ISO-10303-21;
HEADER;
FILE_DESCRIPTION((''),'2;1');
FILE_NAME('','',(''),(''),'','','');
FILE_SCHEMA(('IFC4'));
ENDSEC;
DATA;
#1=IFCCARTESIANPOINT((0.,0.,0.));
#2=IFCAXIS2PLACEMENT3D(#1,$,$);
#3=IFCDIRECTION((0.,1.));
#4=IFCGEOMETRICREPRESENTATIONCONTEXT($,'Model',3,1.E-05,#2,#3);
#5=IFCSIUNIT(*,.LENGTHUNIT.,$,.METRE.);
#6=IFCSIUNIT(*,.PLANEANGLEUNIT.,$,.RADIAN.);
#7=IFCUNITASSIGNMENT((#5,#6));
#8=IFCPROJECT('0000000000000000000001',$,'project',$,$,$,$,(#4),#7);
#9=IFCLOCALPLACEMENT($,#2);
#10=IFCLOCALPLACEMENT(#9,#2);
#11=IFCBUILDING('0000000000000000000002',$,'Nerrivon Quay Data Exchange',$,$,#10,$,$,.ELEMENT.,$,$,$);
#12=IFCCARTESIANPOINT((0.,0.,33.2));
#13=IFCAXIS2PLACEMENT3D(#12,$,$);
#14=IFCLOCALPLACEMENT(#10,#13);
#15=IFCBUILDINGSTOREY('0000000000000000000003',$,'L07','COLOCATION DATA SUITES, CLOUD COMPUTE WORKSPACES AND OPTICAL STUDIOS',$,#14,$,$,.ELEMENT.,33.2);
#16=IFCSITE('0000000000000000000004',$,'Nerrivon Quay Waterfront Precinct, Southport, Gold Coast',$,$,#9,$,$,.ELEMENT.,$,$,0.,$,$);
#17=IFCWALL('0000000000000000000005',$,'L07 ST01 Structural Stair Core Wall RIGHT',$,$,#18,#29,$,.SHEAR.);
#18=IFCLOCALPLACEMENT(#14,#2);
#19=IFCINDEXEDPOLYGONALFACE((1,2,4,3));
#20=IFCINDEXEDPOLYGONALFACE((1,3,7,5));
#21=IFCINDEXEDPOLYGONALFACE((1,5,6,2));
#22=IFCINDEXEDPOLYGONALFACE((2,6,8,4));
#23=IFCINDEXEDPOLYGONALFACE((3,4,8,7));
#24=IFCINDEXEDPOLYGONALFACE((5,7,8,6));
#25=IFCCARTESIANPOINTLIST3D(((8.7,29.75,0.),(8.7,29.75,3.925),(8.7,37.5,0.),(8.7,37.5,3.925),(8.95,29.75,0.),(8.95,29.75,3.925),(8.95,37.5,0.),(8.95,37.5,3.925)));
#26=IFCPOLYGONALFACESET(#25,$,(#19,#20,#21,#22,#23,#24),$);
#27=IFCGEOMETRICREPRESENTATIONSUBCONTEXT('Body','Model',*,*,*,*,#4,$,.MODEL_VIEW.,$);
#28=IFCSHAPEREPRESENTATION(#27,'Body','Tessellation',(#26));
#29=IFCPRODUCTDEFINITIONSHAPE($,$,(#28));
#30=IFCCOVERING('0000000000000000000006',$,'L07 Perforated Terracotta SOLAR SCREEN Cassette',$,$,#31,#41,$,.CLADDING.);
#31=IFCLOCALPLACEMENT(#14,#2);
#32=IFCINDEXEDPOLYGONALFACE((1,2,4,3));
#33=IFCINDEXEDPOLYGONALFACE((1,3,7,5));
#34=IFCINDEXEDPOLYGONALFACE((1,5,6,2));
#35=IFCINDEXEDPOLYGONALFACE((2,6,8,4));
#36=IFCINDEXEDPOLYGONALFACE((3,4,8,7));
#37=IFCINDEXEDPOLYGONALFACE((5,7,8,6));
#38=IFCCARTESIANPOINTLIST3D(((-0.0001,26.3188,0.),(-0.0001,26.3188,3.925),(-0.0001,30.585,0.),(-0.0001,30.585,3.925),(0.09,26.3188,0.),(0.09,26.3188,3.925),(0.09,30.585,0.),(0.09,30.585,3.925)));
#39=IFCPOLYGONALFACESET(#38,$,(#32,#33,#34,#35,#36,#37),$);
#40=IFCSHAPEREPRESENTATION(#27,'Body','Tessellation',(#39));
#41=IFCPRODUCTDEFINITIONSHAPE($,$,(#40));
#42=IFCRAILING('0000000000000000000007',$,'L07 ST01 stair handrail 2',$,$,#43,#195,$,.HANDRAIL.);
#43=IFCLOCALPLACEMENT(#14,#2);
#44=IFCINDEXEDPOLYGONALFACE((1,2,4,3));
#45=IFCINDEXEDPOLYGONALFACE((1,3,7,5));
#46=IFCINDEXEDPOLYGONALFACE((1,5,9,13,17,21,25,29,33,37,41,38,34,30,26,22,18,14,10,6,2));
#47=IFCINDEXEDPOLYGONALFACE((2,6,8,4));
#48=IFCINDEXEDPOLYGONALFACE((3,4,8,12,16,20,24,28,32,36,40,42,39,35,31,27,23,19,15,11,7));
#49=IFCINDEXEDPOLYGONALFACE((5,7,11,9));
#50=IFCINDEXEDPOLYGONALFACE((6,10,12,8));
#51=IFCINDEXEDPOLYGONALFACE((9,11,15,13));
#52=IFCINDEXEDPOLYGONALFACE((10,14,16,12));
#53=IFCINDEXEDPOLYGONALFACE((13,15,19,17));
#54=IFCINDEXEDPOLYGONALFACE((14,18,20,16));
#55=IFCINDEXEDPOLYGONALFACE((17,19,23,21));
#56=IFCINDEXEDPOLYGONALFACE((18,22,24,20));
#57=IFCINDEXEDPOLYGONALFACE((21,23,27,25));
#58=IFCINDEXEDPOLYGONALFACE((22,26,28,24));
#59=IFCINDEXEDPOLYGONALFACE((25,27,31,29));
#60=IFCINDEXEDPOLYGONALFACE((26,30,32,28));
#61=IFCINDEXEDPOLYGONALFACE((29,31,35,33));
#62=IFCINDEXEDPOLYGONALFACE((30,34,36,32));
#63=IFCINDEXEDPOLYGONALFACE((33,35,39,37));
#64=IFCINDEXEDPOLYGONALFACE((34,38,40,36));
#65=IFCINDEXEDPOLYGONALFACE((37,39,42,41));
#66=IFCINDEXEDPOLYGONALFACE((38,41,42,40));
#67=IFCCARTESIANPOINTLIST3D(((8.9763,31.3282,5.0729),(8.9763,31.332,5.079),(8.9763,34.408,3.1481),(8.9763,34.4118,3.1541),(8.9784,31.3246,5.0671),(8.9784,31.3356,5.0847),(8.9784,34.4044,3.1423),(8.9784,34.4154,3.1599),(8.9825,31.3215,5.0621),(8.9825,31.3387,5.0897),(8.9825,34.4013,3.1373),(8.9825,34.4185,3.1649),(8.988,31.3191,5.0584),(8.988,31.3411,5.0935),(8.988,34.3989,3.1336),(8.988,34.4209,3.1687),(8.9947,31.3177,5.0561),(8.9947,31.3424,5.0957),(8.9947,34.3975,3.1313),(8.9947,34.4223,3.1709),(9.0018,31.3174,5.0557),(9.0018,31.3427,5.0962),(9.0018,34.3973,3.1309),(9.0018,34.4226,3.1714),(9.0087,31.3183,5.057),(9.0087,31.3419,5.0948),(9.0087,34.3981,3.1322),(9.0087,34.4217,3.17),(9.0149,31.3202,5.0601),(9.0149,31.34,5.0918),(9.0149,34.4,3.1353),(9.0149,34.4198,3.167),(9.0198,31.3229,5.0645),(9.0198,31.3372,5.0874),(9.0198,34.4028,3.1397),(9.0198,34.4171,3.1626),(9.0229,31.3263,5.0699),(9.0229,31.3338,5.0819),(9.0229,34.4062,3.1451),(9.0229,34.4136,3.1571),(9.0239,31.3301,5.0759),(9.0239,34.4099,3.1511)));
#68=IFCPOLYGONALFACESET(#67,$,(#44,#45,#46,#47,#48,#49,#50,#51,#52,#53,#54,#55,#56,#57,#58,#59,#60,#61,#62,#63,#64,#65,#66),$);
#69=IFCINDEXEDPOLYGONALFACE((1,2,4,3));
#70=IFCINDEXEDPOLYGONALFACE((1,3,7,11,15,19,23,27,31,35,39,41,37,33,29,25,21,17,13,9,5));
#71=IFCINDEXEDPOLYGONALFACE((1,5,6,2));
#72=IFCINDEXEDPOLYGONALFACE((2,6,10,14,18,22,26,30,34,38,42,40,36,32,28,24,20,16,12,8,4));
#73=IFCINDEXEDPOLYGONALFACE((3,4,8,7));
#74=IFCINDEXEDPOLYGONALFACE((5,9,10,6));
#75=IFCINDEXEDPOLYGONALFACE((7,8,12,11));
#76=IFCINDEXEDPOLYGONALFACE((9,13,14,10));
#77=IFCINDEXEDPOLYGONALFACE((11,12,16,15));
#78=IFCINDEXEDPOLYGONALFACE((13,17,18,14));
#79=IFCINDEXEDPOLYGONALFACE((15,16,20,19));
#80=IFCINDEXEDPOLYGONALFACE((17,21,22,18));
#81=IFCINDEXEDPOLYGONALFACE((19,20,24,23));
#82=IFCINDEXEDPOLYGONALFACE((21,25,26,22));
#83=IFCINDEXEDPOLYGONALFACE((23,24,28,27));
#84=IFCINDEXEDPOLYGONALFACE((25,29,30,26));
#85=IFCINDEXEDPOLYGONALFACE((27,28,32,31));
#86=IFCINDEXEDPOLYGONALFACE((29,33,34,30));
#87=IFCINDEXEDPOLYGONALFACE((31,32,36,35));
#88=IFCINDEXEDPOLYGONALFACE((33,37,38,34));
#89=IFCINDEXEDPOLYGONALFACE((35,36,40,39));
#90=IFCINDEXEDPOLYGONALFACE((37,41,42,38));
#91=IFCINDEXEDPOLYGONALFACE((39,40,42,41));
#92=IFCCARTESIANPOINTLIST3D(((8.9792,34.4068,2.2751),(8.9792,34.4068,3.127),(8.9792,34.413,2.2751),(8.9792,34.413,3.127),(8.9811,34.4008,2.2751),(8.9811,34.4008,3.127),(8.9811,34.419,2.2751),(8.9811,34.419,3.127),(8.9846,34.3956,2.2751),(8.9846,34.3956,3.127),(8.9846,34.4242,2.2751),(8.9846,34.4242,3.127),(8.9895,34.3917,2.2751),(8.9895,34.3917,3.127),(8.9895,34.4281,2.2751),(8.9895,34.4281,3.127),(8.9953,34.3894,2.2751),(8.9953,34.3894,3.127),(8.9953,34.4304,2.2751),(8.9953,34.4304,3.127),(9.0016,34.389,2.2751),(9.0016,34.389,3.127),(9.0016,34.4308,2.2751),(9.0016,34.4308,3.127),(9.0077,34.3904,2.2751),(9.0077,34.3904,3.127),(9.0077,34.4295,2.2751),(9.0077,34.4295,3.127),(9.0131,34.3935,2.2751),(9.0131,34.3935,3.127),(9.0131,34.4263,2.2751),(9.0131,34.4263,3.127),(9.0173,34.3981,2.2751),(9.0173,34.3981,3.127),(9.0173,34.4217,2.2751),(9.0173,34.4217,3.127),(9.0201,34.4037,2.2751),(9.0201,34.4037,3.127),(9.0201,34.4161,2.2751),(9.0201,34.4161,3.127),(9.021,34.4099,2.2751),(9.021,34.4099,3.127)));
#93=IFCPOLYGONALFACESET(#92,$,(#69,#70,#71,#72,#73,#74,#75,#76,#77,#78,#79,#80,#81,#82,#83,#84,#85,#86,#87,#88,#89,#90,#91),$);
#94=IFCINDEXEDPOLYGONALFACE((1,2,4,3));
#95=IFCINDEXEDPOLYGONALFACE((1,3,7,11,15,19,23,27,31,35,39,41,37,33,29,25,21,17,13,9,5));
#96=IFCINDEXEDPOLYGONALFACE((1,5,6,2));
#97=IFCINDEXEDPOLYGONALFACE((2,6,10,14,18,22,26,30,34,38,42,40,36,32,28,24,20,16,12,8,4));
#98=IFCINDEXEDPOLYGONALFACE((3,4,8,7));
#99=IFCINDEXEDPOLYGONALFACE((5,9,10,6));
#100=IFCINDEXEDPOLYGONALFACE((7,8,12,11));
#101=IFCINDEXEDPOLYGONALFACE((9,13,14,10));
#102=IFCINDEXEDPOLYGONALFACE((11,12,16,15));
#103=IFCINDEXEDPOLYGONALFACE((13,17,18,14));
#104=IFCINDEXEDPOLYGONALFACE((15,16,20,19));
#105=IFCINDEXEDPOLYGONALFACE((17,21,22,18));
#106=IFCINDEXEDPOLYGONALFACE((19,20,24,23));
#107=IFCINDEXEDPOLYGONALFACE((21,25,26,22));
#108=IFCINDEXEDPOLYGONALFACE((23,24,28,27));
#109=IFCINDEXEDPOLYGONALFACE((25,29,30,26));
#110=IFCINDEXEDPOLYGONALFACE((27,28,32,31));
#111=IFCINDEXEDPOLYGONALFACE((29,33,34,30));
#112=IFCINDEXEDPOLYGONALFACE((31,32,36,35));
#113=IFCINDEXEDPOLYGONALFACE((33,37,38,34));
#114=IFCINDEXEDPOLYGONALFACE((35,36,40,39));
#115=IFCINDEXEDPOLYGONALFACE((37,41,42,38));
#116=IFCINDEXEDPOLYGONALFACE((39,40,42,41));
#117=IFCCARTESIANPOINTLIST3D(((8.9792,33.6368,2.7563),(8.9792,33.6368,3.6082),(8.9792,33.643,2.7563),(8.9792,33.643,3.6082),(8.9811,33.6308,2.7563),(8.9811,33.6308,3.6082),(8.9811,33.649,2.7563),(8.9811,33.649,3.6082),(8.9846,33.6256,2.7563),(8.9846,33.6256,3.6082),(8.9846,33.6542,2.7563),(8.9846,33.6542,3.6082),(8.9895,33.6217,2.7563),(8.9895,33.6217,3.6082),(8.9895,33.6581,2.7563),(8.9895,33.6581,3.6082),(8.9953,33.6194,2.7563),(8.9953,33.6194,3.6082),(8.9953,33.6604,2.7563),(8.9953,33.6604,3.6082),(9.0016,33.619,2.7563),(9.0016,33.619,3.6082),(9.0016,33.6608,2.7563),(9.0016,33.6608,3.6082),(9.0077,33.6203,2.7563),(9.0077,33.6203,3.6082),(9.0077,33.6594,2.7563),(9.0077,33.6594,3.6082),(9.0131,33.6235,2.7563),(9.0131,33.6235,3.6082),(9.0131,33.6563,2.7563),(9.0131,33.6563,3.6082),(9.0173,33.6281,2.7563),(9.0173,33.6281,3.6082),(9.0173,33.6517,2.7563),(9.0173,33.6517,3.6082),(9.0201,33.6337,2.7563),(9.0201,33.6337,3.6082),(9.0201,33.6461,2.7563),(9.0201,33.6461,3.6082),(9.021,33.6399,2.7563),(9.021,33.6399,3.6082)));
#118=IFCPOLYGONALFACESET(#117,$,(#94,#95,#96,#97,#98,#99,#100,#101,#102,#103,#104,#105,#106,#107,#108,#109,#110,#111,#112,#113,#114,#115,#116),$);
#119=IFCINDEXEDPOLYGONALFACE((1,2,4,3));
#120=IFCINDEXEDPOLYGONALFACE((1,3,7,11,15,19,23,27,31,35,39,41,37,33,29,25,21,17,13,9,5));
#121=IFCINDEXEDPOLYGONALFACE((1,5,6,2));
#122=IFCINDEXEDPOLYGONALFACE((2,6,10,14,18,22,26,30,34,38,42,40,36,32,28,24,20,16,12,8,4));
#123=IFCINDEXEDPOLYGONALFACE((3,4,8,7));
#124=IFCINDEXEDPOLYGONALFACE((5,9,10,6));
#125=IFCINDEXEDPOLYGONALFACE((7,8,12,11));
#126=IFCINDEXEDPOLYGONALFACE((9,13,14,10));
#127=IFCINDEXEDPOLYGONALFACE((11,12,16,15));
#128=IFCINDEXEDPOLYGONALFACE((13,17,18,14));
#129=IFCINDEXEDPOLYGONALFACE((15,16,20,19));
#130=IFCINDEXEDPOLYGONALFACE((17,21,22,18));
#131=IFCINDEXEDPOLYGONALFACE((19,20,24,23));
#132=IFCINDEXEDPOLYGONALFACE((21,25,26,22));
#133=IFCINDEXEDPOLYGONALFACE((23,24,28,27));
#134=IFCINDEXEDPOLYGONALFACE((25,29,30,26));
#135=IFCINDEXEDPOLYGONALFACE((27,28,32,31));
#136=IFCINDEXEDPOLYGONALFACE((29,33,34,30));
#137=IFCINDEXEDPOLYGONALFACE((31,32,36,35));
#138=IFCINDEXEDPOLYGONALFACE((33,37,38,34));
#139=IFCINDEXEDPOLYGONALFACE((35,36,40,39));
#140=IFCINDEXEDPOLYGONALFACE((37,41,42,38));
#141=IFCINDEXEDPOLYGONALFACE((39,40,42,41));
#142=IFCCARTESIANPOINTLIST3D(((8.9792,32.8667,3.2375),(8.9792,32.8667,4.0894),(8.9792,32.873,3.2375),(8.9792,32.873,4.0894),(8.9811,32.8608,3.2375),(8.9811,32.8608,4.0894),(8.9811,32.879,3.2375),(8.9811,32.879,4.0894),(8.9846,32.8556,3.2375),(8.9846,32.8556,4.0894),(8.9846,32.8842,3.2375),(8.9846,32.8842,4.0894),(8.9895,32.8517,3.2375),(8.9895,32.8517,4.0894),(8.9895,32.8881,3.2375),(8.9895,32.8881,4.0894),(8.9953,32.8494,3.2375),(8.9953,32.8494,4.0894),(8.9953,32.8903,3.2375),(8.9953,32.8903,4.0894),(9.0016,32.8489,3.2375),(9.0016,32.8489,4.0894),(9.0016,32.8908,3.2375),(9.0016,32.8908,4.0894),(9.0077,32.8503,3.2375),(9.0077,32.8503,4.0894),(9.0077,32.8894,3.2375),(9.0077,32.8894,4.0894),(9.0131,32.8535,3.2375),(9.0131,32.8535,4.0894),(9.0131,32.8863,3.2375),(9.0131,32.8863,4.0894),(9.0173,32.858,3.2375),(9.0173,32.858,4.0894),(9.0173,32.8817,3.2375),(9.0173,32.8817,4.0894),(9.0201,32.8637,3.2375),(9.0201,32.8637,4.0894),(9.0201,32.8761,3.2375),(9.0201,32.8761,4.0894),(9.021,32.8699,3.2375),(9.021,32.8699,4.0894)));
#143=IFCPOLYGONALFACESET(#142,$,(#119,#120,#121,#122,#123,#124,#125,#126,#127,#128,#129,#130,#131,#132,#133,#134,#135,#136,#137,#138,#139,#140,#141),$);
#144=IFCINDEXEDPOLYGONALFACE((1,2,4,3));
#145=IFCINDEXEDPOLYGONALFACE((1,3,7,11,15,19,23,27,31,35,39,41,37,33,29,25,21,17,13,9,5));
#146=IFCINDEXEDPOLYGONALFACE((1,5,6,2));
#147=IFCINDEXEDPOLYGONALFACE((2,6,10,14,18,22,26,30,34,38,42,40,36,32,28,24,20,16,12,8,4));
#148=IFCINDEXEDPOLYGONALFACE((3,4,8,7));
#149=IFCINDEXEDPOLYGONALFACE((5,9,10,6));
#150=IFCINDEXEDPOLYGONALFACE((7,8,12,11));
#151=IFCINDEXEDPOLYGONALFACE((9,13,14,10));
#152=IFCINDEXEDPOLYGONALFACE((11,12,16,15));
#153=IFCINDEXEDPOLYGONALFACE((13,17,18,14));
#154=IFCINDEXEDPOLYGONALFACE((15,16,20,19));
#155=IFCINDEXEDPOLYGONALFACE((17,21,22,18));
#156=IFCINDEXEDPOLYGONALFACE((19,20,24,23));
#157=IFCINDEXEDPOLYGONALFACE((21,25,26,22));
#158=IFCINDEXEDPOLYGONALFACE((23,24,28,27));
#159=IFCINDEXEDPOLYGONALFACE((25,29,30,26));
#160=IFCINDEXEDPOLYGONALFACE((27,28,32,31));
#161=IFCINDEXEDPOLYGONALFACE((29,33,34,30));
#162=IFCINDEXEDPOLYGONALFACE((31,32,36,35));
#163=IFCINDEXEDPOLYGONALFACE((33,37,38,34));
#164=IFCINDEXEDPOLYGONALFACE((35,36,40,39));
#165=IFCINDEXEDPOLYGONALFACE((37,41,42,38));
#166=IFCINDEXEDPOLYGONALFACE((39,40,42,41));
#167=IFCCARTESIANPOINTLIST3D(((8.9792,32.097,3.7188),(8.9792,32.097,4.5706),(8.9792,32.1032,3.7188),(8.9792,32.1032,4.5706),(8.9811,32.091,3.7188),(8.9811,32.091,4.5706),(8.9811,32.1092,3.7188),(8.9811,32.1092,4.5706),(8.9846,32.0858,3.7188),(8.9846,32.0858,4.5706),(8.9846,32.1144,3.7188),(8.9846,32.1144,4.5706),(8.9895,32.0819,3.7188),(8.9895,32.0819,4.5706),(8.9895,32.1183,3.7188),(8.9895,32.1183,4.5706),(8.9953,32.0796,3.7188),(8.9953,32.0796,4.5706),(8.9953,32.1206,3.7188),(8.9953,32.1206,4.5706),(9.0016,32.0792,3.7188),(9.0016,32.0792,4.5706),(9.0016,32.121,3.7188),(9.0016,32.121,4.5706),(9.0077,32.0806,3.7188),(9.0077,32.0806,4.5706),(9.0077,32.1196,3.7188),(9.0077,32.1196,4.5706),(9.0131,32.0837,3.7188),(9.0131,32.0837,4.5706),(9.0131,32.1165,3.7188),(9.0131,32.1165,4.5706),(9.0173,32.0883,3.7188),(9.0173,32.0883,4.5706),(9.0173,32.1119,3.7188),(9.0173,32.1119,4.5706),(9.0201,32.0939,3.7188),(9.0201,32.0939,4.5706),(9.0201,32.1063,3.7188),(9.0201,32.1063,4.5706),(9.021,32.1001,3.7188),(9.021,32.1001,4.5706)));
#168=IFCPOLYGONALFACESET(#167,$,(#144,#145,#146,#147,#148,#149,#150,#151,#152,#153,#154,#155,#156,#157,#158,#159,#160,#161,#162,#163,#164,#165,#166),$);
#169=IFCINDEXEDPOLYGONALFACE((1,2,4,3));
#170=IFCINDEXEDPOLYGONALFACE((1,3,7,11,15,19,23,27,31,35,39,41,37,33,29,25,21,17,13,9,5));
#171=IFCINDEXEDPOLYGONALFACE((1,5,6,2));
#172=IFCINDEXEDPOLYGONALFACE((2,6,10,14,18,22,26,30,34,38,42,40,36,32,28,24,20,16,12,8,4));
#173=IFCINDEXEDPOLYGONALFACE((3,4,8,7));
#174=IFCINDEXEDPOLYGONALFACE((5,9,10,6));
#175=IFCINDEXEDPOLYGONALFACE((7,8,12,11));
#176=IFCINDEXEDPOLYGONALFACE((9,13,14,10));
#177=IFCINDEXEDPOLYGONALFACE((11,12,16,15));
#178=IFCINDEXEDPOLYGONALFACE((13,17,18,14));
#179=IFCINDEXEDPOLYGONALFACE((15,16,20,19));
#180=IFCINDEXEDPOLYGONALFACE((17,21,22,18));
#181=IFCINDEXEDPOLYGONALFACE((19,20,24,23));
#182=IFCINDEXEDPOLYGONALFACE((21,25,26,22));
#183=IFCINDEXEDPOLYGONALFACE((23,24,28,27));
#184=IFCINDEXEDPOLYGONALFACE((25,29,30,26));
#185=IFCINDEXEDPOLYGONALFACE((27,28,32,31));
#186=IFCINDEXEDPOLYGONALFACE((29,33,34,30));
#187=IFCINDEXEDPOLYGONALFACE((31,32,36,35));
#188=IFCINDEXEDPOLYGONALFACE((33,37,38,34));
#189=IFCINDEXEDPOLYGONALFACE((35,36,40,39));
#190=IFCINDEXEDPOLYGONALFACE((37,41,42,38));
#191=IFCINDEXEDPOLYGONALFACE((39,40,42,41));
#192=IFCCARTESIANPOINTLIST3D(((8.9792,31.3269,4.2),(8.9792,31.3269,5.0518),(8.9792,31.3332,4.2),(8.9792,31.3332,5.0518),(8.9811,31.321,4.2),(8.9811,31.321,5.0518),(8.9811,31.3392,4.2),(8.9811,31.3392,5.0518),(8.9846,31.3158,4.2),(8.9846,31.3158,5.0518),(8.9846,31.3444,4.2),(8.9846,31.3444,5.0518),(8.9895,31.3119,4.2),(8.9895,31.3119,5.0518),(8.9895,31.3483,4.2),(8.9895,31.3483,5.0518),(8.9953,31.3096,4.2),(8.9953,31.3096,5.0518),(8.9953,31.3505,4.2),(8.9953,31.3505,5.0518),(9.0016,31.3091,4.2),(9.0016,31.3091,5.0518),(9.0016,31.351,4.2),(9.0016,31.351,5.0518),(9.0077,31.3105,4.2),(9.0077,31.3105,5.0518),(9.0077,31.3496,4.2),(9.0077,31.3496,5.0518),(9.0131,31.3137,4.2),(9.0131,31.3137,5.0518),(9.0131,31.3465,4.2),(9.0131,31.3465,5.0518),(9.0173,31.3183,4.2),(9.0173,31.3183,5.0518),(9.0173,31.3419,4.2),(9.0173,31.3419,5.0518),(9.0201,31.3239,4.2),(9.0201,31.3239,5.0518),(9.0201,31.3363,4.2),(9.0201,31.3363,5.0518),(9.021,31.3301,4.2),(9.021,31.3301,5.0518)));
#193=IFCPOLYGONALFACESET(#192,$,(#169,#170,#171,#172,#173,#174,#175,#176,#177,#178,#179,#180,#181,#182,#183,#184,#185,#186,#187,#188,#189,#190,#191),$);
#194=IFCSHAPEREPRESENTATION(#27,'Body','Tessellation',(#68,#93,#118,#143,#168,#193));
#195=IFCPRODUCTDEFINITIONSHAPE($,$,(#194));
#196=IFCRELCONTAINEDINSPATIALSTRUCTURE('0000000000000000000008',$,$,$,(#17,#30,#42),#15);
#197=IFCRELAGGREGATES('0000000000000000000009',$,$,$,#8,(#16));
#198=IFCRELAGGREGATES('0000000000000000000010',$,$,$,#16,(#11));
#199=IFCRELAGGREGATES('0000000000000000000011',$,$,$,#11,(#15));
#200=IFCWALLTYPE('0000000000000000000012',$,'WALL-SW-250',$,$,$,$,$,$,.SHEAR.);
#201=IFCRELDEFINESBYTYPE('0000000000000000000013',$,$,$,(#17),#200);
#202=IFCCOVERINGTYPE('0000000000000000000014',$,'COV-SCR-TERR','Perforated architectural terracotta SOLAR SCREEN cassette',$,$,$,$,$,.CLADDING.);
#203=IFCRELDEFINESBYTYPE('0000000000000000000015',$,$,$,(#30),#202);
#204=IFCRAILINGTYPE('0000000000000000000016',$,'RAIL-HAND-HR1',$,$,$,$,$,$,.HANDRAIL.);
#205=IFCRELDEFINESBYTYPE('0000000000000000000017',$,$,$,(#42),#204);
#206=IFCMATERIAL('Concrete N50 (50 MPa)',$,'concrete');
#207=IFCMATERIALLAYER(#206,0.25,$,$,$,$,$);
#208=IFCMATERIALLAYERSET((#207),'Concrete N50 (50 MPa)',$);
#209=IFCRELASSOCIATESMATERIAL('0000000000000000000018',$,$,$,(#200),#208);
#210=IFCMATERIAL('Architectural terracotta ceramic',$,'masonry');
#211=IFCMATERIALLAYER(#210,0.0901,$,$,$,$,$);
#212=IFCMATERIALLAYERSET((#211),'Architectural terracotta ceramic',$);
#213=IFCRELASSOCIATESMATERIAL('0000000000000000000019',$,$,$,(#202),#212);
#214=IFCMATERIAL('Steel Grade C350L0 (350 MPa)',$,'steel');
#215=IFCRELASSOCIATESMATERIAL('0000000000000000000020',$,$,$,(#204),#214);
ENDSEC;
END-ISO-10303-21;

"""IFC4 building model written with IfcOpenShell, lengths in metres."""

from ifc_helpers import new_model, si_unit, direction, frame, frame_2d, origin, origin_2d, place, context, subcontext, project, spatial, rectangle, circle, extrude, material, layer, layer_set, type_object, element, save


model = new_model("IFC4")

# Units and contexts
model_context = context("Model", 3, precision=1e-05, world=origin(), true_north=direction((0.0, 1.0)))
body_context = subcontext(model_context, "Body", "Model", "MODEL_VIEW")
ifc_project = project(units=[si_unit("LENGTHUNIT", "METRE"), si_unit("PLANEANGLEUNIT", "RADIAN")], contexts=[model_context])

# Site, building, storey
site_placement = place(None, origin())
site = spatial("IfcSite", under=ifc_project, at=site_placement, Name="Nerrivon Quay Waterfront Precinct, Southport, Gold Coast", CompositionType="ELEMENT", RefElevation=0.0)
building_placement = place(site_placement, origin())
building = spatial("IfcBuilding", under=site, at=building_placement, Name="Nerrivon Quay Data Exchange", CompositionType="ELEMENT")
storey_placement = place(building_placement, frame((0.0, 0.0, 33.2)))
storey = spatial("IfcBuildingStorey", under=building, at=storey_placement, Name="L07", Description="COLOCATION DATA SUITES, CLOUD COMPUTE WORKSPACES AND OPTICAL STUDIOS", CompositionType="ELEMENT", Elevation=33.2)

# Wall
ifc_material_1 = material(Name="Concrete N50 (50 MPa)", Category="concrete")
ifc_layer_1 = layer(ifc_material_1, 0.25)
ifc_layer_set_1 = layer_set([ifc_layer_1], Name="Concrete N50 (50 MPa)")
wall_type_1 = type_object("IfcWallType", Name="WALL-SW-250", PredefinedType="SHEAR", material=ifc_layer_set_1)
wall_1_placement = place(storey_placement, frame((8.825, 29.75, 0.0), z_axis=(0.0, 0.0, 1.0), x_axis=(0.0, 1.0, 0.0)))
element("IfcWall", 1, at=wall_1_placement, inside=storey, type_object=wall_type_1, Name="L07 ST01 Structural Stair Core Wall RIGHT", PredefinedType="SHEAR", context=body_context, shape_type="SweptSolid", body=[
    extrude(rectangle(XDim=7.75, YDim=0.25, at=frame_2d((3.875, 0.0))), origin(), (0.0, 0.0, 1.0), 3.925),
])

# Covering
ifc_material_2 = material(Name="Architectural terracotta ceramic", Category="masonry")
ifc_layer_2 = layer(ifc_material_2, 0.0901)
ifc_layer_set_2 = layer_set([ifc_layer_2], Name="Architectural terracotta ceramic")
covering_type = type_object("IfcCoveringType", Name="COV-SCR-TERR", Description="Perforated architectural terracotta SOLAR SCREEN cassette", PredefinedType="CLADDING", material=ifc_layer_set_2)
covering_placement = place(storey_placement, frame((0.0449, 28.4519, 0.0), z_axis=(0.0, 0.0, 1.0), x_axis=(0.0, 1.0, 0.0)))
element("IfcCovering", 2, at=covering_placement, inside=storey, type_object=covering_type, Name="L07 Perforated Terracotta SOLAR SCREEN Cassette", PredefinedType="CLADDING", context=body_context, shape_type="SweptSolid", body=[
    extrude(rectangle(XDim=4.2661, YDim=0.0901, at=origin_2d()), origin(), (0.0, 0.0, 1.0), 3.925),
])

# Railing
ifc_material_3 = material(Name="Steel Grade C350L0 (350 MPa)", Category="steel")
railing_type = type_object("IfcRailingType", Name="RAIL-HAND-HR1", PredefinedType="HANDRAIL", material=ifc_material_3)
railing_placement = place(storey_placement, frame((9.0, 34.4099, 2.2751)))
element("IfcRailing", 3, at=railing_placement, inside=storey, type_object=railing_type, Name="L07 ST01 stair handrail 2", PredefinedType="HANDRAIL", context=body_context, shape_type="SweptSolid", body=[
    extrude(circle(Radius=0.0239, at=origin_2d()), frame((0.0, 0.0, 0.876), z_axis=(0.0, -0.84801, 0.529981), x_axis=(1.0, 0.0, 0.0)), (0.0, 0.0, 1.0), 3.6318),
    extrude(circle(Radius=0.021, at=origin_2d()), origin(), (0.0, 0.0, 1.0), 0.8518),
    extrude(circle(Radius=0.021, at=origin_2d()), frame((0.0, -0.77, 0.4812)), (0.0, 0.0, 1.0), 0.8518),
    extrude(circle(Radius=0.021, at=origin_2d()), frame((0.0, -1.54, 0.9624)), (0.0, 0.0, 1.0), 0.8518),
    extrude(circle(Radius=0.021, at=origin_2d()), frame((0.0, -2.3098, 1.4436)), (0.0, 0.0, 1.0), 0.8518),
    extrude(circle(Radius=0.021, at=origin_2d()), frame((0.0, -3.0798, 1.9248)), (0.0, 0.0, 1.0), 0.8518),
])

save(model, "model.ifc")
